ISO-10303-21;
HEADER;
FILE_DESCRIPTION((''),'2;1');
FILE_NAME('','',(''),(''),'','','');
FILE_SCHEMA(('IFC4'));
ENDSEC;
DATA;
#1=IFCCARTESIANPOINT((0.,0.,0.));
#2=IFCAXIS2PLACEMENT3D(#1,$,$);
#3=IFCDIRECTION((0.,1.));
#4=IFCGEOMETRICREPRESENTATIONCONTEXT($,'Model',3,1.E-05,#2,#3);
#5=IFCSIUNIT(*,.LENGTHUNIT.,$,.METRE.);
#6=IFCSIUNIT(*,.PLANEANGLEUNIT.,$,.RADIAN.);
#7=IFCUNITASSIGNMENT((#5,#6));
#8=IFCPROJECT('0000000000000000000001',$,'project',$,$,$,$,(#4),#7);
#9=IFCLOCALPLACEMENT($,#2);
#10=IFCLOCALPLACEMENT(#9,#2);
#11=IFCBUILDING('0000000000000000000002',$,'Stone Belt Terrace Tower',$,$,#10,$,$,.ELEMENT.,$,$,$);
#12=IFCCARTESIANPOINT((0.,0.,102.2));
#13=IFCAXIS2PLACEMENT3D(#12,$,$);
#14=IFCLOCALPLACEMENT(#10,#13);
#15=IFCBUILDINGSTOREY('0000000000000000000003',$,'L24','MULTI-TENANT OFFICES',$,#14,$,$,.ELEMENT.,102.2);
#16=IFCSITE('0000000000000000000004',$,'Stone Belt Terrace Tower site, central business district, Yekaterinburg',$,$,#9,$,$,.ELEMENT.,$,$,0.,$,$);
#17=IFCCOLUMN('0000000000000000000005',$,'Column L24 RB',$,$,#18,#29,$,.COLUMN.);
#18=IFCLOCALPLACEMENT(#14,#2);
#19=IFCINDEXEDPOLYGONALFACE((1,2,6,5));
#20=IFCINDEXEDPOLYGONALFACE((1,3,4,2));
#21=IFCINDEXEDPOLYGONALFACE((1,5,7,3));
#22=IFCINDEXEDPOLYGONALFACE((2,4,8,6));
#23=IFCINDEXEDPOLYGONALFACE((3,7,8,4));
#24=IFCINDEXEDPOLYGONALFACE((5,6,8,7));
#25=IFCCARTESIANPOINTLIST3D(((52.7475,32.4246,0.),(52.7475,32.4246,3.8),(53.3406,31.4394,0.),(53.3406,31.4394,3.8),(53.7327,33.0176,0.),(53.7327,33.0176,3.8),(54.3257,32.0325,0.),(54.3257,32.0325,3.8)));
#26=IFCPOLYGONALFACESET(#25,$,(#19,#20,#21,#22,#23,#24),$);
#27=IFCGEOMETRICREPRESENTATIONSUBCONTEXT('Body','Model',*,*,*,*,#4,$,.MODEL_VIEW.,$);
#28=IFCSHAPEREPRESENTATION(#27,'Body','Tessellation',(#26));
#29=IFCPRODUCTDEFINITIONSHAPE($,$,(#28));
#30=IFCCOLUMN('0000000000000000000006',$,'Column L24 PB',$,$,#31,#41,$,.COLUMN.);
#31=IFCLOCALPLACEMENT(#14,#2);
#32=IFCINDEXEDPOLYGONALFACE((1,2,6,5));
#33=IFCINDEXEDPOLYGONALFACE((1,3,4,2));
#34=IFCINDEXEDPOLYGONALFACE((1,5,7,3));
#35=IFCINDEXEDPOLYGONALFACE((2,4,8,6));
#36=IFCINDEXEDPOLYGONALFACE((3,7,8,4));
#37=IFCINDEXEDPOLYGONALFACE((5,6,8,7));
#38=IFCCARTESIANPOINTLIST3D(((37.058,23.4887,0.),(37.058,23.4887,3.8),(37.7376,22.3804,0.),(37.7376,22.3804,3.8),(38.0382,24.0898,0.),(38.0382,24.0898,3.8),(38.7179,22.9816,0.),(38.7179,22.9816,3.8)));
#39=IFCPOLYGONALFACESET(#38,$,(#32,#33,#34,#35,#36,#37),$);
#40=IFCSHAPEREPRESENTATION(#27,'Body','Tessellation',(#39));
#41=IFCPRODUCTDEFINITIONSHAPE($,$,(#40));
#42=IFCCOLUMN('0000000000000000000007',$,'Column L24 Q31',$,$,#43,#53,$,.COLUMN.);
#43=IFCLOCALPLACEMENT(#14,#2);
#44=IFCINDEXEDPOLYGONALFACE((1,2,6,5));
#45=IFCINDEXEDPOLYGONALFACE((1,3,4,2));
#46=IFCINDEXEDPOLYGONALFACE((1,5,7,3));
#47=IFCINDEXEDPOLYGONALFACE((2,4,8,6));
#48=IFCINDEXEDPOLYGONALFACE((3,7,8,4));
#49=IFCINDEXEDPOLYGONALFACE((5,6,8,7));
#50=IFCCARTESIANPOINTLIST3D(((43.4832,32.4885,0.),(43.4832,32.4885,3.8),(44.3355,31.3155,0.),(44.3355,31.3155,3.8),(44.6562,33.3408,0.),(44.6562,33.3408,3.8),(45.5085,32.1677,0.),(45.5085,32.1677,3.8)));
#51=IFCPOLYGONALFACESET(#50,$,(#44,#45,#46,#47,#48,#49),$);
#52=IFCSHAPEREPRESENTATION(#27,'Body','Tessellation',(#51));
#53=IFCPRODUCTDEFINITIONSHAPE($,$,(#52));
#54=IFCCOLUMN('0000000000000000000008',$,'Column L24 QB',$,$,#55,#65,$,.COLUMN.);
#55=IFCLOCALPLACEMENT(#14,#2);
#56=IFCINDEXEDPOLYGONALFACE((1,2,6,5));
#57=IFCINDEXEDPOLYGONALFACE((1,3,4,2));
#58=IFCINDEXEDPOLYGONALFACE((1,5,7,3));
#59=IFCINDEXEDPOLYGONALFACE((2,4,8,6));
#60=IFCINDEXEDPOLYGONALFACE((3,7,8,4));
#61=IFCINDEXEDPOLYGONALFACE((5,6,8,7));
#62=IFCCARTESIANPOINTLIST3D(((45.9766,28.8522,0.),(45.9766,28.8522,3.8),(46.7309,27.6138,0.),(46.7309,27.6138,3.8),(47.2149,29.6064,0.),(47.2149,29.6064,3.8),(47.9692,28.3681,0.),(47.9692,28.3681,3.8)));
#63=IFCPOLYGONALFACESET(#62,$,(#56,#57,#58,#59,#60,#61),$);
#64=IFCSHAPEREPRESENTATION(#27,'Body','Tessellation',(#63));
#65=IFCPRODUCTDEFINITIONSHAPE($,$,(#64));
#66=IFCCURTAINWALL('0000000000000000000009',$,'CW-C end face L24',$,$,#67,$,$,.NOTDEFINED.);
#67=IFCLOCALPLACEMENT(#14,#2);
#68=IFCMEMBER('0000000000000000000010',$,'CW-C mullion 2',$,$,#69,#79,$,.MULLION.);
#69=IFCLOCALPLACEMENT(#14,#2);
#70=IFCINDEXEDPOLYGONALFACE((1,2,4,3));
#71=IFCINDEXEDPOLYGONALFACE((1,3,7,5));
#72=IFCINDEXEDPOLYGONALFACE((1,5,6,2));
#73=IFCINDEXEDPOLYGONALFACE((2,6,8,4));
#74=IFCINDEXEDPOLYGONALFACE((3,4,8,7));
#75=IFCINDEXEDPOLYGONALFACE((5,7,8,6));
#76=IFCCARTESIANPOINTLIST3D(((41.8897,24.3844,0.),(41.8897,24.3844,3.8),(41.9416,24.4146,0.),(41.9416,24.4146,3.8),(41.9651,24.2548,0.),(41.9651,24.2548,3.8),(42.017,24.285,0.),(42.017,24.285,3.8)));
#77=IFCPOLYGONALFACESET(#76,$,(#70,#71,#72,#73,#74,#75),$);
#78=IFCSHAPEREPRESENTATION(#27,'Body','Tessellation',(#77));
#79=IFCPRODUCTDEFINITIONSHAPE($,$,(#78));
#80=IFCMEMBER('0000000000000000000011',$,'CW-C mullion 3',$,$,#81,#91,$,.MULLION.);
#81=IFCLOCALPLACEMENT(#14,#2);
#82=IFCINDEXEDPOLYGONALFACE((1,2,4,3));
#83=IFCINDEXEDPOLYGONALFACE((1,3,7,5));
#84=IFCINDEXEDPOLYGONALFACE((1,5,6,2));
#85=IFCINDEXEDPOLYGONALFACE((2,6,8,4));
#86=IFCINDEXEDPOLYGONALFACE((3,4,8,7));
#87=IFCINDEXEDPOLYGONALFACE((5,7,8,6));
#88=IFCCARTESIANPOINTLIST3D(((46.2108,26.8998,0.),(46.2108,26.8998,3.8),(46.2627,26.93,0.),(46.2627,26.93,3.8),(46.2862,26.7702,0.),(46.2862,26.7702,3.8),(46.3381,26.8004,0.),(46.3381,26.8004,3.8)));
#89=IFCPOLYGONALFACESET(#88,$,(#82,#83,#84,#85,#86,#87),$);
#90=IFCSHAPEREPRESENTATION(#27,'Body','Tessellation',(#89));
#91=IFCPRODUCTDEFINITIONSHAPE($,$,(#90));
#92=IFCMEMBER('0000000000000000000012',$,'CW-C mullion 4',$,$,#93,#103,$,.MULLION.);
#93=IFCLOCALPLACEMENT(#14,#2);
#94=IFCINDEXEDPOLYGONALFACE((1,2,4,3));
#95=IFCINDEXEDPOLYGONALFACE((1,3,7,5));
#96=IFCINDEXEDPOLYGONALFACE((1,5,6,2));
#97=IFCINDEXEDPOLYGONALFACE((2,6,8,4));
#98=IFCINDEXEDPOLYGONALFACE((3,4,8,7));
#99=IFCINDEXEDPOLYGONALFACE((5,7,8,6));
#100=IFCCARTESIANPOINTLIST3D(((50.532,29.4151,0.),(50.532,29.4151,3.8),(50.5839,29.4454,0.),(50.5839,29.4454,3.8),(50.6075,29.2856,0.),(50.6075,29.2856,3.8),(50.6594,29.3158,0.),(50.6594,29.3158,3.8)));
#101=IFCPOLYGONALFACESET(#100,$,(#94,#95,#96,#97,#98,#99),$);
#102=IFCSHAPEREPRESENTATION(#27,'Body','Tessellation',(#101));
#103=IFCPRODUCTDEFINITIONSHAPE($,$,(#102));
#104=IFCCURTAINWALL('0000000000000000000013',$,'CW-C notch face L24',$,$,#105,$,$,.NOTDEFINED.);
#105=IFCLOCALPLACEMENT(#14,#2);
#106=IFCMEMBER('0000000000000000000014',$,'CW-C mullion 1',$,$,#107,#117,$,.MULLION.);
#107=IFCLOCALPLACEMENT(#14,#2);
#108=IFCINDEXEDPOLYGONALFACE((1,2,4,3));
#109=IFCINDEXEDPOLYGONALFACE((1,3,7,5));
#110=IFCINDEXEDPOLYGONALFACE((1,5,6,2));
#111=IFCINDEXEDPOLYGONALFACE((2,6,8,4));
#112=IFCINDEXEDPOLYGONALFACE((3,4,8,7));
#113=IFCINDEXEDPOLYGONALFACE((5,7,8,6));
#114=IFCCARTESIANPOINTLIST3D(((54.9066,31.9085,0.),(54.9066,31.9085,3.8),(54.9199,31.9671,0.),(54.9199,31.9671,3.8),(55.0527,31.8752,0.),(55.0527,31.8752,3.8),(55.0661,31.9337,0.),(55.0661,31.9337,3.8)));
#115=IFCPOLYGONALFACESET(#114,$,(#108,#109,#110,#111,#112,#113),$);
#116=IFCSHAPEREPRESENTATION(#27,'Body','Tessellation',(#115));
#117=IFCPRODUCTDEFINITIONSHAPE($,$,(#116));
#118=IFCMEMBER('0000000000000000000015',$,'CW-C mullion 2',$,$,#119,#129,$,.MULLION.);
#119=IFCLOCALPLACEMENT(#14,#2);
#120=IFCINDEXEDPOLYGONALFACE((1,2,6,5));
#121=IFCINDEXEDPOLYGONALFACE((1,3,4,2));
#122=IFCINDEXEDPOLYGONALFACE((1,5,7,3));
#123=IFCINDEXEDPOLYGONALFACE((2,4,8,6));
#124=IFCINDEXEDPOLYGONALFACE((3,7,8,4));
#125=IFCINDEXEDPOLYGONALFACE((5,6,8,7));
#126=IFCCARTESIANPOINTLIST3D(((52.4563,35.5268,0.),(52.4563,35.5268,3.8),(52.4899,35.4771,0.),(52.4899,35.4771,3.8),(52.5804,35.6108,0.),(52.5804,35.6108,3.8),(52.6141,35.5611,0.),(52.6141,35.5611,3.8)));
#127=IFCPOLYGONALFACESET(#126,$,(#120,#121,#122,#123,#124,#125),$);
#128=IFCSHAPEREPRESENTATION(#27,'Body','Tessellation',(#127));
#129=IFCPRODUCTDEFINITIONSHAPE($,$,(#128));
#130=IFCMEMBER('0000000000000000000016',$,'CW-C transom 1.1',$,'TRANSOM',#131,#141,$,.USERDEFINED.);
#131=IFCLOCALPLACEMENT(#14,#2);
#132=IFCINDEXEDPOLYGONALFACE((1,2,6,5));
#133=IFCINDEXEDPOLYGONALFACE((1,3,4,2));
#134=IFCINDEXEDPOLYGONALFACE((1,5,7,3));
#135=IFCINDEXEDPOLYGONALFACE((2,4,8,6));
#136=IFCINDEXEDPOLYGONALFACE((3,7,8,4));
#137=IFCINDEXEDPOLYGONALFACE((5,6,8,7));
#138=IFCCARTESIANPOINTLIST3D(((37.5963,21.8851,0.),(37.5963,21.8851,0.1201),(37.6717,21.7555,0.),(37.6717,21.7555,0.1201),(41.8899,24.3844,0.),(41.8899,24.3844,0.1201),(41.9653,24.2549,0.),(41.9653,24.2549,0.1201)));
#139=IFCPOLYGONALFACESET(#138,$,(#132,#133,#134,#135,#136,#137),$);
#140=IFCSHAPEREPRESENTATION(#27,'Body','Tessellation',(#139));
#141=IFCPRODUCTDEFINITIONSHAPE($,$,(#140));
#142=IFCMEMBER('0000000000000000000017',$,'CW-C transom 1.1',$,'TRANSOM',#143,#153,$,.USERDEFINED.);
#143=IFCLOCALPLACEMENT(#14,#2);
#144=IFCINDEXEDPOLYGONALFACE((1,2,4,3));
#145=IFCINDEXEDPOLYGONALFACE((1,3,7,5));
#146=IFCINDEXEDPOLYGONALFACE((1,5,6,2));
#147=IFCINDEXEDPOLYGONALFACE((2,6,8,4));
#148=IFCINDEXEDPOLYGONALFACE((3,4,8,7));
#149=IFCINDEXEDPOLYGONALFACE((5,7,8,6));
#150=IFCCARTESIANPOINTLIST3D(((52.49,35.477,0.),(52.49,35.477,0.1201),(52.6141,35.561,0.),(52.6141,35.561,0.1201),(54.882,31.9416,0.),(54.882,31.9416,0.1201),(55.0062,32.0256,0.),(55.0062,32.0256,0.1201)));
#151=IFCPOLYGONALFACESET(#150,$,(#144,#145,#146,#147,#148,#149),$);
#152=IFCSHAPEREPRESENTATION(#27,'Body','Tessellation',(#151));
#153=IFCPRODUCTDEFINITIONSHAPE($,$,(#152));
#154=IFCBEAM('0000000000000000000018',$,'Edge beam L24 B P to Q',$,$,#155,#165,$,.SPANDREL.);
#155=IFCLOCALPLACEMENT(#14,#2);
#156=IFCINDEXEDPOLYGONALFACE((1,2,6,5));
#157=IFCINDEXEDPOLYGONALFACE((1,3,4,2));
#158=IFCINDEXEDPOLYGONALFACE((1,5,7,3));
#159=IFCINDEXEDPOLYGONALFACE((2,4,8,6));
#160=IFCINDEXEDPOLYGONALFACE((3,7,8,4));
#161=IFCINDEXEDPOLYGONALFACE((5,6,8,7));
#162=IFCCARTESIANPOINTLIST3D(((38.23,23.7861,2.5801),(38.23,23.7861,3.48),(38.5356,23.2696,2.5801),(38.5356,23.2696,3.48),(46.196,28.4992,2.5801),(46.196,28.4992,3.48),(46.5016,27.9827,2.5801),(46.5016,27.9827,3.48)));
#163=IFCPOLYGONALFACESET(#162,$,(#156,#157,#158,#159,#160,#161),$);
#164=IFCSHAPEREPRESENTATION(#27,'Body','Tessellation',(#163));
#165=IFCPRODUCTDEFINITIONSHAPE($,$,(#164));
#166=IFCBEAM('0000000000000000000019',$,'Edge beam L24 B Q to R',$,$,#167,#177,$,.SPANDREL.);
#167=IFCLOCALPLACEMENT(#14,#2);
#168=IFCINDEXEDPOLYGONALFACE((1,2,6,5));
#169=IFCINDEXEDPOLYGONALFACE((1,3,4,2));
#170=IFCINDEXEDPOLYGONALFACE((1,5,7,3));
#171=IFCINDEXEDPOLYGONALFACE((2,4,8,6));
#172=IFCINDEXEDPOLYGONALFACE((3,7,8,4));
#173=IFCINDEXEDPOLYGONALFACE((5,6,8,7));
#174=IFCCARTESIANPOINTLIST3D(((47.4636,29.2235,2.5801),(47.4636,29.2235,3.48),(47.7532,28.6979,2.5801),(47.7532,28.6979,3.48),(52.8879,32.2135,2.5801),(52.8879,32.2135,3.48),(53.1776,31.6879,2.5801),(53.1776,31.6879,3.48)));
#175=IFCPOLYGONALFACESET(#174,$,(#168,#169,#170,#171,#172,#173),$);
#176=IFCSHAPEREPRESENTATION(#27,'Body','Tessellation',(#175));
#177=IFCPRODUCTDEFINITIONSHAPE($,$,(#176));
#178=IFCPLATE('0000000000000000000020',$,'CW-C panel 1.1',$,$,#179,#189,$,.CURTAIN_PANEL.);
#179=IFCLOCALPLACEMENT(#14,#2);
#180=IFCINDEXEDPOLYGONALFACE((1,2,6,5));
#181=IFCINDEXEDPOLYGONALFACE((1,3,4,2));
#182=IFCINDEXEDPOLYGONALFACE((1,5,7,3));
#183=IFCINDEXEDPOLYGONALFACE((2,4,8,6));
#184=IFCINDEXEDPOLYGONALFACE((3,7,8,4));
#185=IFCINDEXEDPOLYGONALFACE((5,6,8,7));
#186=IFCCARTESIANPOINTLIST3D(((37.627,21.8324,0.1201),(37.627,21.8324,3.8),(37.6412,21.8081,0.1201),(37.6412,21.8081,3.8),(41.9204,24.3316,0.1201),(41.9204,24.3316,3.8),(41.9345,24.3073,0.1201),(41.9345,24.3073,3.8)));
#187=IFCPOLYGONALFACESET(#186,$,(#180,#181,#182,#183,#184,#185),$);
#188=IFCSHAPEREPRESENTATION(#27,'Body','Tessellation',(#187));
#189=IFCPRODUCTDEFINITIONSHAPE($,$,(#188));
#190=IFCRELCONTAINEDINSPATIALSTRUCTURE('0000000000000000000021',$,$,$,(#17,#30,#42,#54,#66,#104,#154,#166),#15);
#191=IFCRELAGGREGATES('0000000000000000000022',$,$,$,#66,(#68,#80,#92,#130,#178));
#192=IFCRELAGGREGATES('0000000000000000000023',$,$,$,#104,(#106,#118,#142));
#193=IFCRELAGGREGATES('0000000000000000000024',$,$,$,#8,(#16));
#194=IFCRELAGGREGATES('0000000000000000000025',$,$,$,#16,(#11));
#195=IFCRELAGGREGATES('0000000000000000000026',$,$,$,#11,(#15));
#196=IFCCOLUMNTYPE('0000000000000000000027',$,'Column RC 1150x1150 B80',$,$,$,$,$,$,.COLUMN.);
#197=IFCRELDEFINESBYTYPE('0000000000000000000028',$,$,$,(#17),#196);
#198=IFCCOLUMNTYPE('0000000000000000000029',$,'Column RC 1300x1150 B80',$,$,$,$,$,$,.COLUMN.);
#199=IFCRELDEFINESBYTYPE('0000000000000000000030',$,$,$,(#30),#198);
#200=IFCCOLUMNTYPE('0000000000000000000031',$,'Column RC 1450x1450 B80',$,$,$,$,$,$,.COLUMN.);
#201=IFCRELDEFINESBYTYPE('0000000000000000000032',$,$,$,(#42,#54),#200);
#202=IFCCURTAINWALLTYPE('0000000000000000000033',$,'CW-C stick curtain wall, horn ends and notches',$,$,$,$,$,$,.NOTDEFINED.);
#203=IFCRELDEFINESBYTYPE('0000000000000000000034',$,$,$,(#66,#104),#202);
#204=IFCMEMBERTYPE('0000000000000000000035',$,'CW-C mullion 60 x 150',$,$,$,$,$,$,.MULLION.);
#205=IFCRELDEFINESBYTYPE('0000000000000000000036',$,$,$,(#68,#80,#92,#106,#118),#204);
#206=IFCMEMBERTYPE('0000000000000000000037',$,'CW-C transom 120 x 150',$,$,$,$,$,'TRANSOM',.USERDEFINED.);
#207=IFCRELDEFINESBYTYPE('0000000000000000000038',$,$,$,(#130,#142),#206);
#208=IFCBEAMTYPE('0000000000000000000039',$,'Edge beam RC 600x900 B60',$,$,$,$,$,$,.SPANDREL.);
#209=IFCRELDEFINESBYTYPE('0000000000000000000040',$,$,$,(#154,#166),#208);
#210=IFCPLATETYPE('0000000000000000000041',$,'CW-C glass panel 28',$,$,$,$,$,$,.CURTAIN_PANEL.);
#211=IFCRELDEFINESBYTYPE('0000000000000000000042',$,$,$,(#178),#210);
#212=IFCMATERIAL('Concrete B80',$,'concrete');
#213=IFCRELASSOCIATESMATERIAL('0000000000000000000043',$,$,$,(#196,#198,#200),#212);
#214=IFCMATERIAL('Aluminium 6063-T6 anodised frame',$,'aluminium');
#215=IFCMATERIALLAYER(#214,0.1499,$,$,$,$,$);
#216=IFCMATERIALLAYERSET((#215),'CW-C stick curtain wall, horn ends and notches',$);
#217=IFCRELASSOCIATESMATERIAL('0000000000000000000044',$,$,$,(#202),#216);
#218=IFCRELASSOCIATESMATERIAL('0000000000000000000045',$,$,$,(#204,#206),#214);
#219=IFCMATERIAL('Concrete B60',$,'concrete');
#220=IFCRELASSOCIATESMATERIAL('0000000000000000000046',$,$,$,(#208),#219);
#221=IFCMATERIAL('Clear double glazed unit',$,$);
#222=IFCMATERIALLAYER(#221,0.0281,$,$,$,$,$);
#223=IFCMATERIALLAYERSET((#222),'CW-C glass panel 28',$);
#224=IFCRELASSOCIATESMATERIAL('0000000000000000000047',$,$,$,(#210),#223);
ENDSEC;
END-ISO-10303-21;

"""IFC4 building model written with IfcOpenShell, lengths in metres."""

from ifc_helpers import new_model, si_unit, direction, frame, origin, origin_2d, place, context, subcontext, project, spatial, rectangle, extrude, material, layer, layer_set, material_profile, profile_set, type_object, element, aggregate, save


model = new_model("IFC4")

# Units and contexts
model_context = context("Model", 3, precision=1e-05, world=origin(), true_north=direction((0.0, 1.0)))
body_context = subcontext(model_context, "Body", "Model", "MODEL_VIEW")
ifc_project = project(units=[si_unit("LENGTHUNIT", "METRE"), si_unit("PLANEANGLEUNIT", "RADIAN")], contexts=[model_context])

# Site, building, storey
site_placement = place(None, origin())
site = spatial("IfcSite", under=ifc_project, at=site_placement, Name="Stone Belt Terrace Tower site, central business district, Yekaterinburg", CompositionType="ELEMENT", RefElevation=0.0)
building_placement = place(site_placement, origin())
building = spatial("IfcBuilding", under=site, at=building_placement, Name="Stone Belt Terrace Tower", CompositionType="ELEMENT")
storey_placement = place(building_placement, frame((0.0, 0.0, 102.2)))
storey = spatial("IfcBuildingStorey", under=building, at=storey_placement, Name="L24", Description="MULTI-TENANT OFFICES", CompositionType="ELEMENT", Elevation=102.2)

# Columns
ifc_material_1 = material(Name="Concrete B80", Category="concrete")
ifc_material_profile_1 = material_profile(ifc_material_1, rectangle(XDim=1.1499, YDim=1.1499, at=origin_2d()), Name="RC 1150x1150")
ifc_profile_set_1 = profile_set([ifc_material_profile_1], Name="Concrete B80")
column_type_1 = type_object("IfcColumnType", Name="Column RC 1150x1150 B80", PredefinedType="COLUMN", material=ifc_profile_set_1)
column_1_placement = place(storey_placement, frame((53.5366, 32.2285, 0.0), z_axis=(0.0, 0.0, 1.0), x_axis=(0.51575, -0.856739, 0.0)))
element("IfcColumn", 1, at=column_1_placement, inside=storey, type_object=column_type_1, Name="Column L24 RB", PredefinedType="COLUMN", context=body_context, shape_type="SweptSolid", body=[
    extrude(rectangle(XDim=1.1499, YDim=1.1499, at=origin_2d()), origin(), (0.0, 0.0, 1.0), 3.8),
])
ifc_material_profile_2 = material_profile(ifc_material_1, rectangle(XDim=1.3, YDim=1.1499, at=origin_2d()), Name="RC 1300x1150")
ifc_profile_set_2 = profile_set([ifc_material_profile_2], Name="Concrete B80")
column_type_2 = type_object("IfcColumnType", Name="Column RC 1300x1150 B80", PredefinedType="COLUMN", material=ifc_profile_set_2)
column_2_placement = place(storey_placement, frame((37.8879, 23.2351, 0.0), z_axis=(0.0, 0.0, 1.0), x_axis=(0.522781, -0.852467, 0.0)))
element("IfcColumn", 2, at=column_2_placement, inside=storey, type_object=column_type_2, Name="Column L24 PB", PredefinedType="COLUMN", context=body_context, shape_type="SweptSolid", body=[
    extrude(rectangle(XDim=1.3, YDim=1.1499, at=origin_2d()), origin(), (0.0, 0.0, 1.0), 3.8),
])
ifc_material_profile_3 = material_profile(ifc_material_1, rectangle(XDim=1.45, YDim=1.45, at=origin_2d()), Name="RC 1450x1450")
ifc_profile_set_3 = profile_set([ifc_material_profile_3], Name="Concrete B80")
column_type_3 = type_object("IfcColumnType", Name="Column RC 1450x1450 B80", PredefinedType="COLUMN", material=ifc_profile_set_3)
for number, where, z_axis, x_axis, name in (
    (3, (44.4958, 32.3281, 0.0), (0.0, 0.0, 1.0), (0.587785, -0.809017, 0.0), "Column L24 Q31"),
    (4, (46.9729, 28.6101, 0.0), (0.0, 0.0, 1.0), (0.520186, -0.854053, 0.0), "Column L24 QB"),
):
    element("IfcColumn", number, at=place(storey_placement, frame(where, z_axis=z_axis, x_axis=x_axis)), inside=storey, type_object=column_type_3, Name=name, PredefinedType="COLUMN", context=body_context, shape_type="SweptSolid", body=[
        extrude(rectangle(XDim=1.45, YDim=1.45, at=origin_2d()), origin(), (0.0, 0.0, 1.0), 3.8),
    ])

# Curtain walls, members
ifc_material_2 = material(Name="Aluminium 6063-T6 anodised frame", Category="aluminium")
ifc_layer_1 = layer(ifc_material_2, 0.1499)
ifc_layer_set_1 = layer_set([ifc_layer_1], Name="CW-C stick curtain wall, horn ends and notches")
curtain_wall_type = type_object("IfcCurtainWallType", Name="CW-C stick curtain wall, horn ends and notches", PredefinedType="NOTDEFINED", material=ifc_layer_set_1)
curtain_wall_1_placement = place(storey_placement, origin())
curtain_wall_1 = element("IfcCurtainWall", 5, at=curtain_wall_1_placement, inside=storey, type_object=curtain_wall_type, Name="CW-C end face L24", PredefinedType="NOTDEFINED")
ifc_material_profile_4 = material_profile(ifc_material_2, rectangle(XDim=0.1499, YDim=0.0601, at=origin_2d()), Name="Aluminium 6063-T6 60x150")
ifc_profile_set_4 = profile_set([ifc_material_profile_4], Name="Aluminium 6063-T6 anodised frame")
member_type_1 = type_object("IfcMemberType", Name="CW-C mullion 60 x 150", PredefinedType="MULLION", material=ifc_profile_set_4)
member_1_placement = place(storey_placement, frame((41.9534, 24.3347, 0.0), z_axis=(0.0, 0.0, 1.0), x_axis=(-0.503081, 0.864239, 0.0)))
member_1 = element("IfcMember", 6, at=member_1_placement, type_object=member_type_1, Name="CW-C mullion 2", PredefinedType="MULLION", context=body_context, shape_type="SweptSolid", body=[
    extrude(rectangle(XDim=0.1499, YDim=0.0601, at=origin_2d()), origin(), (0.0, 0.0, 1.0), 3.8),
])
member_2_placement = place(storey_placement, frame((46.2744, 26.8501, 0.0), z_axis=(0.0, 0.0, 1.0), x_axis=(-0.503081, 0.864239, 0.0)))
member_2 = element("IfcMember", 7, at=member_2_placement, type_object=member_type_1, Name="CW-C mullion 3", PredefinedType="MULLION", context=body_context, shape_type="SweptSolid", body=[
    extrude(rectangle(XDim=0.1499, YDim=0.0601, at=origin_2d()), origin(), (0.0, 0.0, 1.0), 3.8),
])
member_3_placement = place(storey_placement, frame((50.5957, 29.3655, 0.0), z_axis=(0.0, 0.0, 1.0), x_axis=(-0.503081, 0.864239, 0.0)))
member_3 = element("IfcMember", 8, at=member_3_placement, type_object=member_type_1, Name="CW-C mullion 4", PredefinedType="MULLION", context=body_context, shape_type="SweptSolid", body=[
    extrude(rectangle(XDim=0.1499, YDim=0.0601, at=origin_2d()), origin(), (0.0, 0.0, 1.0), 3.8),
])
curtain_wall_2_placement = place(storey_placement, origin())
curtain_wall_2 = element("IfcCurtainWall", 9, at=curtain_wall_2_placement, inside=storey, type_object=curtain_wall_type, Name="CW-C notch face L24", PredefinedType="NOTDEFINED")
member_4_placement = place(storey_placement, frame((54.9863, 31.9211, 0.0), z_axis=(0.0, 0.0, 1.0), x_axis=(-0.974927, 0.222525, 0.0)))
member_4 = element("IfcMember", 10, at=member_4_placement, type_object=member_type_1, Name="CW-C mullion 1", PredefinedType="MULLION", context=body_context, shape_type="SweptSolid", body=[
    extrude(rectangle(XDim=0.1499, YDim=0.0601, at=origin_2d()), origin(), (0.0, 0.0, 1.0), 3.8),
])
member_5_placement = place(storey_placement, frame((52.5352, 35.5439, 0.0), z_axis=(0.0, 0.0, 1.0), x_axis=(-0.828244, -0.560367, 0.0)))
member_5 = element("IfcMember", 11, at=member_5_placement, type_object=member_type_1, Name="CW-C mullion 2", PredefinedType="MULLION", context=body_context, shape_type="SweptSolid", body=[
    extrude(rectangle(XDim=0.1499, YDim=0.0601, at=origin_2d()), origin(), (0.0, 0.0, 1.0), 3.8),
])

# Members
ifc_material_profile_5 = material_profile(ifc_material_2, rectangle(XDim=0.1499, YDim=0.1201, at=origin_2d()), Name="Aluminium 6063-T6 150x120")
ifc_profile_set_5 = profile_set([ifc_material_profile_5], Name="Aluminium 6063-T6 anodised frame")
member_type_2 = type_object("IfcMemberType", Name="CW-C transom 120 x 150", ElementType="TRANSOM", PredefinedType="USERDEFINED", material=ifc_profile_set_5)
member_6_placement = place(storey_placement, frame((37.634, 21.8203, 0.0601), z_axis=(0.864238, 0.503082, 0.0), x_axis=(-0.503082, 0.864238, 0.0)))
member_6 = element("IfcMember", 12, at=member_6_placement, type_object=member_type_2, Name="CW-C transom 1.1", ObjectType="TRANSOM", PredefinedType="USERDEFINED", context=body_context, shape_type="SweptSolid", body=[
    extrude(rectangle(XDim=0.1499, YDim=0.1201, at=origin_2d()), origin(), (0.0, 0.0, 1.0), 4.968),
])
member_7_placement = place(storey_placement, frame((54.9441, 31.9836, 0.0601), z_axis=(-0.560389, 0.82823, 0.0), x_axis=(-0.82823, -0.560389, 0.0)))
member_7 = element("IfcMember", 13, at=member_7_placement, type_object=member_type_2, Name="CW-C transom 1.1", ObjectType="TRANSOM", PredefinedType="USERDEFINED", context=body_context, shape_type="SweptSolid", body=[
    extrude(rectangle(XDim=0.1499, YDim=0.1201, at=origin_2d()), origin(), (0.0, 0.0, 1.0), 4.2686),
])

# Beams
ifc_material_3 = material(Name="Concrete B60", Category="concrete")
ifc_material_profile_6 = material_profile(ifc_material_3, rectangle(XDim=0.6001, YDim=0.8999, at=origin_2d()), Name="RC 600x900")
ifc_profile_set_6 = profile_set([ifc_material_profile_6], Name="Concrete B60")
beam_type = type_object("IfcBeamType", Name="Edge beam RC 600x900 B60", PredefinedType="SPANDREL", material=ifc_profile_set_6)
beam_1_placement = place(storey_placement, frame((38.3828, 23.5278, 3.03), z_axis=(0.860647, 0.509203, 0.0), x_axis=(-0.509203, 0.860647, 0.0)))
element("IfcBeam", 14, at=beam_1_placement, inside=storey, type_object=beam_type, Name="Edge beam L24 B P to Q", PredefinedType="SPANDREL", context=body_context, shape_type="SweptSolid", body=[
    extrude(rectangle(XDim=0.6001, YDim=0.8999, at=origin_2d()), origin(), (0.0, 0.0, 1.0), 9.2559),
])
beam_2_placement = place(storey_placement, frame((47.6084, 28.9607, 3.03), z_axis=(0.875764, 0.482739, 0.0), x_axis=(-0.482739, 0.875764, 0.0)))
element("IfcBeam", 15, at=beam_2_placement, inside=storey, type_object=beam_type, Name="Edge beam L24 B Q to R", PredefinedType="SPANDREL", context=body_context, shape_type="SweptSolid", body=[
    extrude(rectangle(XDim=0.6001, YDim=0.8999, at=origin_2d()), origin(), (0.0, 0.0, 1.0), 6.1938),
])

# Plate
ifc_material_4 = material(Name="Clear double glazed unit")
ifc_layer_2 = layer(ifc_material_4, 0.0281)
ifc_layer_set_2 = layer_set([ifc_layer_2], Name="CW-C glass panel 28")
plate_type = type_object("IfcPlateType", Name="CW-C glass panel 28", PredefinedType="CURTAIN_PANEL", material=ifc_layer_set_2)
plate_1_placement = place(storey_placement, frame((39.7808, 23.0698, 0.1201), z_axis=(0.0, 0.0, 1.0), x_axis=(0.864239, 0.503081, 0.0)))
plate_1 = element("IfcPlate", 16, at=plate_1_placement, type_object=plate_type, Name="CW-C panel 1.1", PredefinedType="CURTAIN_PANEL", context=body_context, shape_type="SweptSolid", body=[
    extrude(rectangle(XDim=4.9678, YDim=0.0281, at=origin_2d()), origin(), (0.0, 0.0, 1.0), 3.6799),
])
aggregate(curtain_wall_1, [member_1, member_2, member_3, member_6, plate_1])
aggregate(curtain_wall_2, [member_4, member_5, member_7])

save(model, "model.ifc")
